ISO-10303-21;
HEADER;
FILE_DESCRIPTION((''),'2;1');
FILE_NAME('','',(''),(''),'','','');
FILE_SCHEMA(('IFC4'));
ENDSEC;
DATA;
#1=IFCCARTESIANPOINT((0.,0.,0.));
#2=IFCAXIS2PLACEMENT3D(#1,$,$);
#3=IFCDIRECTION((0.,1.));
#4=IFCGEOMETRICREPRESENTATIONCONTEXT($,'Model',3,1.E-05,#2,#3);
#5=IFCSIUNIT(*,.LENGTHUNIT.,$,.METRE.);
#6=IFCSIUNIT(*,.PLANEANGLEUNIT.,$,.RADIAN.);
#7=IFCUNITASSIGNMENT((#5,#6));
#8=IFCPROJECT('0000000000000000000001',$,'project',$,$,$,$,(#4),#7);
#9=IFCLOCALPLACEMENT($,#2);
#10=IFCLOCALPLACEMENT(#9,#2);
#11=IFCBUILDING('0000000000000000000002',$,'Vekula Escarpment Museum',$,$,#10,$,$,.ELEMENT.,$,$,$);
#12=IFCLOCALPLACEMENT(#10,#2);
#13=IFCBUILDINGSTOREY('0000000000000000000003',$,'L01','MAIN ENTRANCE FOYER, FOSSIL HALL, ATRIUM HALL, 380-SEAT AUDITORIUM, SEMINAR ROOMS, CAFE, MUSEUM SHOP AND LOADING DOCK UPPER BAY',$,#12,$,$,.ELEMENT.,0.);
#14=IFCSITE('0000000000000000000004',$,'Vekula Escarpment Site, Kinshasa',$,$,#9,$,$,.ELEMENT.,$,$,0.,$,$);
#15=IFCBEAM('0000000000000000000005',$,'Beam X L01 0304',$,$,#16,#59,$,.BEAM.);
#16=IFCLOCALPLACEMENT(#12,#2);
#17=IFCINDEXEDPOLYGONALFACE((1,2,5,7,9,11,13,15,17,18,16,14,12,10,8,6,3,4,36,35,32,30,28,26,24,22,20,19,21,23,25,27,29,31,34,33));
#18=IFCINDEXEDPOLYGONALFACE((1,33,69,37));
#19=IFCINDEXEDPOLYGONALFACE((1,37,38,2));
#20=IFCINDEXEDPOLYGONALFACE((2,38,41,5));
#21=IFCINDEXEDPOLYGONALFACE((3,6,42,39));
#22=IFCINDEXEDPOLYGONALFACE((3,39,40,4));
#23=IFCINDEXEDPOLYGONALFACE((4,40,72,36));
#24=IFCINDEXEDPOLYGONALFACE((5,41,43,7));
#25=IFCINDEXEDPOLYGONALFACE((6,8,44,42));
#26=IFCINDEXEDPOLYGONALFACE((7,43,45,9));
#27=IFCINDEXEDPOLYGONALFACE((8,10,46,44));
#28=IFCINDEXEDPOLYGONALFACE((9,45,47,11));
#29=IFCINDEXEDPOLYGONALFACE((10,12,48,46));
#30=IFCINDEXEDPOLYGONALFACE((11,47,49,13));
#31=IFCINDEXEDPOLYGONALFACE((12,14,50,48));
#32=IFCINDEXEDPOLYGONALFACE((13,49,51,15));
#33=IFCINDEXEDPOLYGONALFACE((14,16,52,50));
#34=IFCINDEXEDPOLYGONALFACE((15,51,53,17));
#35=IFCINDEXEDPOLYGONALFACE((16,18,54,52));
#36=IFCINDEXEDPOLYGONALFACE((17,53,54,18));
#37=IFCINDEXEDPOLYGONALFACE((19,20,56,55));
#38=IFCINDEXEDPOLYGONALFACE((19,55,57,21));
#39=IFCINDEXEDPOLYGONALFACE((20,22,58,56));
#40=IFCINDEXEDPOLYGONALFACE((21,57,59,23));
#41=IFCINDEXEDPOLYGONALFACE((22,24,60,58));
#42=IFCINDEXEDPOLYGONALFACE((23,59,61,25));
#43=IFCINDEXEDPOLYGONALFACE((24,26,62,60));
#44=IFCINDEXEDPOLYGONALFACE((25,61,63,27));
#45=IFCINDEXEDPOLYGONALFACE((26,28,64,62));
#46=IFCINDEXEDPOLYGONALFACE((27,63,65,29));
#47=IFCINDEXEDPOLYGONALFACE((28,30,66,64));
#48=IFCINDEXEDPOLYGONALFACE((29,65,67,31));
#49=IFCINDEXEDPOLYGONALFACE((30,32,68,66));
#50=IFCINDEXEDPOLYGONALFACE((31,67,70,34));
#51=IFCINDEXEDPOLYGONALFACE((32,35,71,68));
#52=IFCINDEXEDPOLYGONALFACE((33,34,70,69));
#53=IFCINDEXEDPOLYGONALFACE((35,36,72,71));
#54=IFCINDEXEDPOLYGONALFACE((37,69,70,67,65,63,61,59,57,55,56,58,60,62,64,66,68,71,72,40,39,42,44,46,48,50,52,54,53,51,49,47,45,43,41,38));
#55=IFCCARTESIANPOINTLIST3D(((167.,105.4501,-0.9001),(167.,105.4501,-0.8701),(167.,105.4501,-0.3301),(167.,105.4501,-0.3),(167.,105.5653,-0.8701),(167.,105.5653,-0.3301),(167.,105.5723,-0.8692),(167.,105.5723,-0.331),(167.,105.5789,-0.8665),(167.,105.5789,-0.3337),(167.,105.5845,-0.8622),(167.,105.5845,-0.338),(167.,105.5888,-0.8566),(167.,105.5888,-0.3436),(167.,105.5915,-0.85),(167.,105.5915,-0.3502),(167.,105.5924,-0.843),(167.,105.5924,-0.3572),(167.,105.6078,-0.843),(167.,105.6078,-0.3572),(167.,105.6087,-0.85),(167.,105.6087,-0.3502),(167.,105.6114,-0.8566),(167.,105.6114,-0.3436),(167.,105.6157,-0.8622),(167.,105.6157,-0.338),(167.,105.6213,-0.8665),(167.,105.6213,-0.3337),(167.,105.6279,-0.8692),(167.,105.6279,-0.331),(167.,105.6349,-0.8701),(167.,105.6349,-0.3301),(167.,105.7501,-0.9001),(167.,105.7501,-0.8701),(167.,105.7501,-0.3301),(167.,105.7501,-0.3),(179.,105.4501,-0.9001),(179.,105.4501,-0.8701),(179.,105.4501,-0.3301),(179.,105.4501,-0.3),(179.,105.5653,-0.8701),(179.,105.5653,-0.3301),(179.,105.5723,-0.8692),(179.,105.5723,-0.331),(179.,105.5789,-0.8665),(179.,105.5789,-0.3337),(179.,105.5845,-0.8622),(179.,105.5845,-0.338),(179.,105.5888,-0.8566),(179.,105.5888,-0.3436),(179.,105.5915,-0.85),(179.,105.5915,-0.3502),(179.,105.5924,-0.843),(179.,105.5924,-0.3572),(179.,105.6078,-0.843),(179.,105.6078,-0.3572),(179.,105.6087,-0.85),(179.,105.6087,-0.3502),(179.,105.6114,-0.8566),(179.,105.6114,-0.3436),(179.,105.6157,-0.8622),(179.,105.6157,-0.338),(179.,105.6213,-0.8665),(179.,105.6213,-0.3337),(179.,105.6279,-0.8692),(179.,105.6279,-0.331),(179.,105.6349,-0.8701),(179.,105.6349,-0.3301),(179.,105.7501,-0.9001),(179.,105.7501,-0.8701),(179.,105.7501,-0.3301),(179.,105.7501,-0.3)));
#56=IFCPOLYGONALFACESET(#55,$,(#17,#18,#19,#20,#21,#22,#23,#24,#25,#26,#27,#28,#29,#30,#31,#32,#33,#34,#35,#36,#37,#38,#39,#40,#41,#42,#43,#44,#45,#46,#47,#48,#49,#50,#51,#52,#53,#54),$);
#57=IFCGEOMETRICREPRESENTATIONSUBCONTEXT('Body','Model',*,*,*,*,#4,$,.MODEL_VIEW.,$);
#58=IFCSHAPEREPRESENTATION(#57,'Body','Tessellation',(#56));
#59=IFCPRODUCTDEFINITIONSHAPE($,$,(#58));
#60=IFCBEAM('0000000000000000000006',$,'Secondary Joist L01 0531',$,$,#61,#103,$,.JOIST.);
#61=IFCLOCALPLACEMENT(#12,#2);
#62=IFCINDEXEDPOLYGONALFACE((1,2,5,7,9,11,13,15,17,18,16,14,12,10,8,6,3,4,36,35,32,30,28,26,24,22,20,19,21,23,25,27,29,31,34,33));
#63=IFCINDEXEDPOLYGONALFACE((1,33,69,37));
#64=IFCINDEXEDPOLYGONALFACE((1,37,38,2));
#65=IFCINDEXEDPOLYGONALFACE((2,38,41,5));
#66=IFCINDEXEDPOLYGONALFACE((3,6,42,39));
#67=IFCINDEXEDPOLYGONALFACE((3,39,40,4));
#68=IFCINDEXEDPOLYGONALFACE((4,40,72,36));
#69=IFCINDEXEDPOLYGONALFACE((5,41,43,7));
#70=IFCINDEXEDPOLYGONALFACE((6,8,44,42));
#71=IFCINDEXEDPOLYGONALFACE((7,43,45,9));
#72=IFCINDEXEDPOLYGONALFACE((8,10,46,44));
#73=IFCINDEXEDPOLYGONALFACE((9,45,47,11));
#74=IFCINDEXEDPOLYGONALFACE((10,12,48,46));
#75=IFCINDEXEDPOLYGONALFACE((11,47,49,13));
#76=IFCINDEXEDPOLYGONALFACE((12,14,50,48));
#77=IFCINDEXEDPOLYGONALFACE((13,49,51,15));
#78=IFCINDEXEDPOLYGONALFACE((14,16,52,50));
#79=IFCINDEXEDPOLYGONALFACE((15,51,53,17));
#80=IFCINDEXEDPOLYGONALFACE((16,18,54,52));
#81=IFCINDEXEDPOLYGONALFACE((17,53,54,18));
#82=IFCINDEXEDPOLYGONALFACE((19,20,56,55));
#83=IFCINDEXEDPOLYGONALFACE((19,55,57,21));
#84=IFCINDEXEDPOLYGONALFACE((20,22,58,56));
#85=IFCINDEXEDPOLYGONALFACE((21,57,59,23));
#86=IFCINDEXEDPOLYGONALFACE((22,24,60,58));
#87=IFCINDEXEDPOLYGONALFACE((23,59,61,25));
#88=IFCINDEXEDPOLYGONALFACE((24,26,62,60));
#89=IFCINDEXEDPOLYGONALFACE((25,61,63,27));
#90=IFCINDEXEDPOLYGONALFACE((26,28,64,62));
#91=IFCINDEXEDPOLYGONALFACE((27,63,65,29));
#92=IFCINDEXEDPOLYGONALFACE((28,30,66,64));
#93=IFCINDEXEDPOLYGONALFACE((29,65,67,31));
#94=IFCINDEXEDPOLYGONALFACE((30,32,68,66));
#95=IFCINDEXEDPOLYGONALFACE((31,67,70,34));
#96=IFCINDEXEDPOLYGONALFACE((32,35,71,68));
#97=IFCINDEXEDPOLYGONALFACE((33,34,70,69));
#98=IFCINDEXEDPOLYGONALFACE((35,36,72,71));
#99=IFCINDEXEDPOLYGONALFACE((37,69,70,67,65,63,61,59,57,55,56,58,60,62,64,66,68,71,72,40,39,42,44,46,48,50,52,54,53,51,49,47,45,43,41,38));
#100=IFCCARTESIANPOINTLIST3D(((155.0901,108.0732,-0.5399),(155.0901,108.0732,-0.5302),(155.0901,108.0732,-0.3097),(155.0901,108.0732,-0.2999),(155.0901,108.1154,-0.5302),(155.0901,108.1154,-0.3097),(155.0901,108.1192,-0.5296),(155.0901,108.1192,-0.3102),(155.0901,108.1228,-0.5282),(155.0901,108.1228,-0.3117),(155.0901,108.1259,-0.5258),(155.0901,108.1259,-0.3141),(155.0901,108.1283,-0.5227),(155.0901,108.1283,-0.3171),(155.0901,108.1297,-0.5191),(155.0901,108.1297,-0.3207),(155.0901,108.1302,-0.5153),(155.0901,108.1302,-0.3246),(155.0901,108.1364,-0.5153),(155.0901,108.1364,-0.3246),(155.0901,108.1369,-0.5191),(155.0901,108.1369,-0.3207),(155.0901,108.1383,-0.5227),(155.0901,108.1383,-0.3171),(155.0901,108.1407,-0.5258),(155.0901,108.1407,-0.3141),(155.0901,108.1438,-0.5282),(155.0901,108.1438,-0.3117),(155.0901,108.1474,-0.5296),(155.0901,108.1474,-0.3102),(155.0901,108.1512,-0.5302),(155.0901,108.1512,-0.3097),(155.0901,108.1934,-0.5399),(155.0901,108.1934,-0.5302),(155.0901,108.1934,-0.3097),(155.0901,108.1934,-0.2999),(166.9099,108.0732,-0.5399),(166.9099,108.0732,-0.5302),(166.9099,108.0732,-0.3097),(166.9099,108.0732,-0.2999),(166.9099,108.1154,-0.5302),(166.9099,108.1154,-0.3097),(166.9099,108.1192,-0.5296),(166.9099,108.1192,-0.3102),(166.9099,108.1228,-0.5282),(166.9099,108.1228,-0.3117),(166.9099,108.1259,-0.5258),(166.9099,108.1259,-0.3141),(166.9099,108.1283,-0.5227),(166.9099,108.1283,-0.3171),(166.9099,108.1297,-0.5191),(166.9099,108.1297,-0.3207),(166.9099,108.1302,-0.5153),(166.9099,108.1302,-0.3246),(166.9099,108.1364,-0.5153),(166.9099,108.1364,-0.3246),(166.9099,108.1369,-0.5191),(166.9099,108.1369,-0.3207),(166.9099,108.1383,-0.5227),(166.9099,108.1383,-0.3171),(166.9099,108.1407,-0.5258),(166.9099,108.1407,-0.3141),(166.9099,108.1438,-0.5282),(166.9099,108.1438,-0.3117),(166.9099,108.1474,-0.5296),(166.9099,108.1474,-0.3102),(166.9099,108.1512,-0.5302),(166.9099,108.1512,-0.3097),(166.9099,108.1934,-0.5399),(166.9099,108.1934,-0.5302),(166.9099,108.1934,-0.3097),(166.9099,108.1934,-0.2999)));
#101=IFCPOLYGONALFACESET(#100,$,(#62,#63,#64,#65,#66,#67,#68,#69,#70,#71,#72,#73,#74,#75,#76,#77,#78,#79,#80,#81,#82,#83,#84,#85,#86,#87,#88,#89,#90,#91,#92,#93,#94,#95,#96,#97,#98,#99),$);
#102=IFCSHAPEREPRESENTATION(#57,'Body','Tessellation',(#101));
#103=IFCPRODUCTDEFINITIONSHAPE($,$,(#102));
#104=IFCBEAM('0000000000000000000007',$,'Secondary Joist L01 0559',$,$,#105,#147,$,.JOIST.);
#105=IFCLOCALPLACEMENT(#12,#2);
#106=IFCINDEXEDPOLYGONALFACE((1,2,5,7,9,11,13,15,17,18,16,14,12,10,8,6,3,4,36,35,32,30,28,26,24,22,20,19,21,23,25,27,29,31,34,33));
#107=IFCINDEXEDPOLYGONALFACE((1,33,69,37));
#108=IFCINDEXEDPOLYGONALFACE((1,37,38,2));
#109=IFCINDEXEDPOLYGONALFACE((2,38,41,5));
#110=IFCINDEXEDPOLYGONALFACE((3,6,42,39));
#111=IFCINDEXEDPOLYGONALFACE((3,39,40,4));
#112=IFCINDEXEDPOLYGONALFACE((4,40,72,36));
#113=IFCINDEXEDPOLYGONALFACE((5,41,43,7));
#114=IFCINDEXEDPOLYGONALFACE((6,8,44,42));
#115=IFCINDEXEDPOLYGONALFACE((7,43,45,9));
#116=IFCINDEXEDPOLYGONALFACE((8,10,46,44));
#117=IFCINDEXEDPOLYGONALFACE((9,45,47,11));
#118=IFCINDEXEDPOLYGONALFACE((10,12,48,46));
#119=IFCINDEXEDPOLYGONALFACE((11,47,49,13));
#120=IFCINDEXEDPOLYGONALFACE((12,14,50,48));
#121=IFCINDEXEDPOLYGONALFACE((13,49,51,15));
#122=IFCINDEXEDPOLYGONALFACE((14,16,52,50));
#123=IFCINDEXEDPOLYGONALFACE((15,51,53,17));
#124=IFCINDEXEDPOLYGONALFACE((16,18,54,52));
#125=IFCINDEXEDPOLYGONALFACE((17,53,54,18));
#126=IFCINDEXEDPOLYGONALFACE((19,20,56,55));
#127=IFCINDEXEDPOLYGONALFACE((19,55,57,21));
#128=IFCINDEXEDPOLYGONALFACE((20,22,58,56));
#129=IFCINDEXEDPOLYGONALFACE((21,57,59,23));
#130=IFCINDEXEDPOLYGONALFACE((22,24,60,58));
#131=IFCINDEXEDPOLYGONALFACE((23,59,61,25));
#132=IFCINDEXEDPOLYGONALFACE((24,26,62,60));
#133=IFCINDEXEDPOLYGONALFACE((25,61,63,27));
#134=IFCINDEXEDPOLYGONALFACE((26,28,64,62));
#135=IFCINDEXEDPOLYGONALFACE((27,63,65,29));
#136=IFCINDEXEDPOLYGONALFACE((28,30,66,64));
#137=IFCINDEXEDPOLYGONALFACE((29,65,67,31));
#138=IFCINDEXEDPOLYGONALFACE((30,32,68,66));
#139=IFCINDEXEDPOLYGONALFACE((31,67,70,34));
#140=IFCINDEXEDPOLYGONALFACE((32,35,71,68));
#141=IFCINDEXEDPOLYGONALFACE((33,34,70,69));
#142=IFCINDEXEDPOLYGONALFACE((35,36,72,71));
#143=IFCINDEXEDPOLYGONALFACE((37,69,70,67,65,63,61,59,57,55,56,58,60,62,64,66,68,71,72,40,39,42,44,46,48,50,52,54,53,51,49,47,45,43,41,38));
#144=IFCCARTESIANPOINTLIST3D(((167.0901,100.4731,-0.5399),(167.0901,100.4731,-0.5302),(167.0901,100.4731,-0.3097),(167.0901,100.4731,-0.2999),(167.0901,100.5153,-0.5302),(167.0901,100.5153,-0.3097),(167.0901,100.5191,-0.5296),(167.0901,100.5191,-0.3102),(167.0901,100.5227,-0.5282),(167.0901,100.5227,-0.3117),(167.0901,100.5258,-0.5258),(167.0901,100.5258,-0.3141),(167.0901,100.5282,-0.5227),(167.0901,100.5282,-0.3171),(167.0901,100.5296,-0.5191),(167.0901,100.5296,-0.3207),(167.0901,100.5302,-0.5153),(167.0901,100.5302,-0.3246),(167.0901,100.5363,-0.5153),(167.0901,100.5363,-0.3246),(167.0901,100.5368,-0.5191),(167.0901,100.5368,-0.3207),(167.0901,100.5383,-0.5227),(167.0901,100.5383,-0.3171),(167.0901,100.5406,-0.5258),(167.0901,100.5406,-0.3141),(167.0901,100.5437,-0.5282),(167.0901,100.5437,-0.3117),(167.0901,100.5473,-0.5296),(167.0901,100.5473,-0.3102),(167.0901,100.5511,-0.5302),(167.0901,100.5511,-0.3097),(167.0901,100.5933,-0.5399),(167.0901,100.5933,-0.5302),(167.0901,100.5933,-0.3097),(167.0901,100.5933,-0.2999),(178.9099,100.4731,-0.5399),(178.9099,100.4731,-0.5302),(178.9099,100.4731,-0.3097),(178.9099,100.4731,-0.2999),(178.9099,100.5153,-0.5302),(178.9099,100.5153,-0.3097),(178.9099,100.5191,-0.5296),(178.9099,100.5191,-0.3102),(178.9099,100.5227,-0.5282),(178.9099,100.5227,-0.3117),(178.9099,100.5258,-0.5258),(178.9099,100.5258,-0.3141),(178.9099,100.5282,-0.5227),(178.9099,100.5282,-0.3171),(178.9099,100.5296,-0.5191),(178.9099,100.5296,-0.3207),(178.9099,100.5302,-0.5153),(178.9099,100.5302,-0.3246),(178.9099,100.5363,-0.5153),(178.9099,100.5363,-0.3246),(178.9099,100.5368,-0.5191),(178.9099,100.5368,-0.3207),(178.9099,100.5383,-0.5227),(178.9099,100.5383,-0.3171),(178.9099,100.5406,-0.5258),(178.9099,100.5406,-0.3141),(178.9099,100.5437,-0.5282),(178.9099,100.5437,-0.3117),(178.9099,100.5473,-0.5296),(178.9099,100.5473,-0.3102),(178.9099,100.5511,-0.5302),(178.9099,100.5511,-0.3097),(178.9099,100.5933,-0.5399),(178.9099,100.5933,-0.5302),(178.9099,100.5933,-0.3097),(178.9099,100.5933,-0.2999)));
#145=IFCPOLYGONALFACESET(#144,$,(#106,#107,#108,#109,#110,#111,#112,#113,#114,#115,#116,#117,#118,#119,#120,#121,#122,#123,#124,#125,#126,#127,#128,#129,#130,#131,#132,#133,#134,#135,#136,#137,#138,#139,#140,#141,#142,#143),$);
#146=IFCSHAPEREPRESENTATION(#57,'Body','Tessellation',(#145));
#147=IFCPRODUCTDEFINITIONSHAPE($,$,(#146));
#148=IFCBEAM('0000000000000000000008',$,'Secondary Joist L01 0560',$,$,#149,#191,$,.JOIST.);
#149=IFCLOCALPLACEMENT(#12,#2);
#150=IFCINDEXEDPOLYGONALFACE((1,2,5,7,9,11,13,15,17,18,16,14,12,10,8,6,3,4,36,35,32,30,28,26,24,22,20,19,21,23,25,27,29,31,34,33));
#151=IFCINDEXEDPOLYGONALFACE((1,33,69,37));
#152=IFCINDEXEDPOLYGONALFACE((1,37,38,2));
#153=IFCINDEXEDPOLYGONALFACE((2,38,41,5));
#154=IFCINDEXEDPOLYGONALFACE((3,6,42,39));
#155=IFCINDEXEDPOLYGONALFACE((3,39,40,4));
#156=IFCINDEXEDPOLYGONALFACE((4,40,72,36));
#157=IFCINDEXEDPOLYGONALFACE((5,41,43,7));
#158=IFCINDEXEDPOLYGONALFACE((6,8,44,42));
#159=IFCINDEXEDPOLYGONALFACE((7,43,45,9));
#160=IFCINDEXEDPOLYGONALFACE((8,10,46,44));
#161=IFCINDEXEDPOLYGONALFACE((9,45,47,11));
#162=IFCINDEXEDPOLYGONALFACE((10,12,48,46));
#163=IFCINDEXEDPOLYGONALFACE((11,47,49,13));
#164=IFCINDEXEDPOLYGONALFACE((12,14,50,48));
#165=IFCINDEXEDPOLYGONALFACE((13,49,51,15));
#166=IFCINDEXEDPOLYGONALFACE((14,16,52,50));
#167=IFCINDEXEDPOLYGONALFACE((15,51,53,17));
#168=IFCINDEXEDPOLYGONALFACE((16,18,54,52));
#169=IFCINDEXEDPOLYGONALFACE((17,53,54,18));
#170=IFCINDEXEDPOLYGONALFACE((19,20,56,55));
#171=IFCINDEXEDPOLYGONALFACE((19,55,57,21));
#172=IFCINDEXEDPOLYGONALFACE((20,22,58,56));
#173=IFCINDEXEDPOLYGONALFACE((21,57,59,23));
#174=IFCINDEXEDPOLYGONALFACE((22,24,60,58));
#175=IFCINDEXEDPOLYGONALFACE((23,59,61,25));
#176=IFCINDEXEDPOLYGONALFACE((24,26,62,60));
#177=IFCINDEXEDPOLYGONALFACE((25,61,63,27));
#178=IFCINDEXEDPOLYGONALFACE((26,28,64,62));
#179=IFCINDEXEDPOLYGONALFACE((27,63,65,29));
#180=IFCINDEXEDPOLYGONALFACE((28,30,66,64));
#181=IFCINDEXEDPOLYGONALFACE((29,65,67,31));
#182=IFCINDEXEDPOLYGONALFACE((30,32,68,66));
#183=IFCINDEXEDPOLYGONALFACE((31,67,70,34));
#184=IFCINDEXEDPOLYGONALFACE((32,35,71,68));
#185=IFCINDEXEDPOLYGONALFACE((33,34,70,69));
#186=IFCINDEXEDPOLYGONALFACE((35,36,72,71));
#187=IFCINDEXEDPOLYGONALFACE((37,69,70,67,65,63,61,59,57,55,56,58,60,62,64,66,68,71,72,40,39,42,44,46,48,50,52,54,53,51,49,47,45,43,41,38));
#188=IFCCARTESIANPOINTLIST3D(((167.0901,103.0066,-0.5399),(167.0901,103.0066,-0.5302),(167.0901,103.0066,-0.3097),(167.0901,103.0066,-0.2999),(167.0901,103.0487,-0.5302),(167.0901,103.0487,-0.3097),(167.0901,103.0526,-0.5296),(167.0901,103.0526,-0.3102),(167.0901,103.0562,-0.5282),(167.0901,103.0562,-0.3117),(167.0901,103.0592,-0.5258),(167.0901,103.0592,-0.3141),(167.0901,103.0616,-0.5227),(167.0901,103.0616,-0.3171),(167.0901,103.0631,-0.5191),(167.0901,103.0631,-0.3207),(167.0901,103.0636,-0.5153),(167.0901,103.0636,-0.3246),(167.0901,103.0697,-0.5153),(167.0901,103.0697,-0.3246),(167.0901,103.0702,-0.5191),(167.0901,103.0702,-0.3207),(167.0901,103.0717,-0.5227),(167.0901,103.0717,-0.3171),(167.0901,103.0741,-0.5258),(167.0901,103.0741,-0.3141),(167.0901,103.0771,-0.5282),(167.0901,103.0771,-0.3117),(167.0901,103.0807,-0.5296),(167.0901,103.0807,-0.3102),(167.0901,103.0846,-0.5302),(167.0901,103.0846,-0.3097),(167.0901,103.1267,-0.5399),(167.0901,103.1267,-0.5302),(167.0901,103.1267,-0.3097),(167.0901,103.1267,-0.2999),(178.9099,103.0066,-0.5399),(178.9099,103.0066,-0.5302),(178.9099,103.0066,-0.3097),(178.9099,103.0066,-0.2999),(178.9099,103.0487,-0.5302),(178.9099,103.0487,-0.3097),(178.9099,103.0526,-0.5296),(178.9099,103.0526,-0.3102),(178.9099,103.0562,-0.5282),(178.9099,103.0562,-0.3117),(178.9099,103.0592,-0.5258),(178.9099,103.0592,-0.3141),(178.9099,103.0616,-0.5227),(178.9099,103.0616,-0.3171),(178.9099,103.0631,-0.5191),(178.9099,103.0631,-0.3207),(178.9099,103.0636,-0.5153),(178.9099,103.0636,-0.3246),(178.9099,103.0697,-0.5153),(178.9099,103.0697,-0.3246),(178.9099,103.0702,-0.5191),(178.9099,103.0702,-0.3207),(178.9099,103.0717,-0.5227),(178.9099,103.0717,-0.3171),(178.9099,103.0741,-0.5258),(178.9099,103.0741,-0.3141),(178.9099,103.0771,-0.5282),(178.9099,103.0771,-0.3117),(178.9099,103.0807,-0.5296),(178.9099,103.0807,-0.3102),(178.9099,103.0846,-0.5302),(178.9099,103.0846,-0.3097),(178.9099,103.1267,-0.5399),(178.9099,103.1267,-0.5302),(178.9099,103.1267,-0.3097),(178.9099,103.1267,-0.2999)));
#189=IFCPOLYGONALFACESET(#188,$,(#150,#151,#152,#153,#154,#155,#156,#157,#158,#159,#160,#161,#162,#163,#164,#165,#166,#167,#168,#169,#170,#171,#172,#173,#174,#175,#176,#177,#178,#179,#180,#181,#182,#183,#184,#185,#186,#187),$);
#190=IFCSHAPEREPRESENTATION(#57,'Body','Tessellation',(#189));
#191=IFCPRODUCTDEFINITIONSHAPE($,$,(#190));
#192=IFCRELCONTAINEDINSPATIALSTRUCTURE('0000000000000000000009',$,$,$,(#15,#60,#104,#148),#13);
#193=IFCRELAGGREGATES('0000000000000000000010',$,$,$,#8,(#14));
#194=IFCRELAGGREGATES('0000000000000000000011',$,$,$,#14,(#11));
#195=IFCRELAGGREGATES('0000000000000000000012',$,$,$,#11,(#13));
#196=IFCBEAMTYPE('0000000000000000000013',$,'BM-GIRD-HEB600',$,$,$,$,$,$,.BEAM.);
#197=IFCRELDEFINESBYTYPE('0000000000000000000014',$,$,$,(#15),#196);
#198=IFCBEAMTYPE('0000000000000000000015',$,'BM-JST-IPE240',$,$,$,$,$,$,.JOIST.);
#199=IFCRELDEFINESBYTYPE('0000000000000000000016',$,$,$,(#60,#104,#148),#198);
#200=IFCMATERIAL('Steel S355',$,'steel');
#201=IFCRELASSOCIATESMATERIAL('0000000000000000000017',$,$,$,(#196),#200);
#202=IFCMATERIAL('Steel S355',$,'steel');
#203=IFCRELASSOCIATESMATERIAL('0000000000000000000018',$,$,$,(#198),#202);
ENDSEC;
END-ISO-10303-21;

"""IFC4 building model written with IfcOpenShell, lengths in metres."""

from ifc_helpers import new_model, si_unit, direction, frame, origin, origin_2d, place, context, subcontext, project, spatial, i_section, extrude, material, material_profile, profile_set, type_object, element, save


model = new_model("IFC4")

# Units and contexts
model_context = context("Model", 3, precision=1e-05, world=origin(), true_north=direction((0.0, 1.0)))
body_context = subcontext(model_context, "Body", "Model", "MODEL_VIEW")
ifc_project = project(units=[si_unit("LENGTHUNIT", "METRE"), si_unit("PLANEANGLEUNIT", "RADIAN")], contexts=[model_context])

# Site, building, storey
site_placement = place(None, origin())
site = spatial("IfcSite", under=ifc_project, at=site_placement, Name="Vekula Escarpment Site, Kinshasa", CompositionType="ELEMENT", RefElevation=0.0)
building_placement = place(site_placement, origin())
building = spatial("IfcBuilding", under=site, at=building_placement, Name="Vekula Escarpment Museum", CompositionType="ELEMENT")
storey_placement = place(building_placement, origin())
storey = spatial("IfcBuildingStorey", under=building, at=storey_placement, Name="L01", Description="MAIN ENTRANCE FOYER, FOSSIL HALL, ATRIUM HALL, 380-SEAT AUDITORIUM, SEMINAR ROOMS, CAFE, MUSEUM SHOP AND LOADING DOCK UPPER BAY", CompositionType="ELEMENT", Elevation=0.0)

# Beams
ifc_material_1 = material(Name="Steel S355", Category="steel")
ifc_material_profile_1 = material_profile(ifc_material_1, i_section(OverallWidth=0.3, OverallDepth=0.6001, WebThickness=0.0154, FlangeThickness=0.03, FilletRadius=0.0271, at=origin_2d()), Name="HEB 600")
ifc_profile_set_1 = profile_set([ifc_material_profile_1], Name="Steel S355")
beam_type_1 = type_object("IfcBeamType", Name="BM-GIRD-HEB600", PredefinedType="BEAM", material=ifc_profile_set_1)
for number, where, z_axis, x_axis, name in (
    (1, (167.0, 105.6001, -0.6001), (1.0, 0.0, 0.0), (0.0, 1.0, 0.0), "Beam X L01 0304"),
):
    element("IfcBeam", number, at=place(storey_placement, frame(where, z_axis=z_axis, x_axis=x_axis)), inside=storey, type_object=beam_type_1, Name=name, PredefinedType="BEAM", context=body_context, shape_type="SweptSolid", body=[
        extrude(i_section(OverallWidth=0.3, OverallDepth=0.6001, WebThickness=0.0154, FlangeThickness=0.03, FilletRadius=0.0271, at=origin_2d()), origin(), (0.0, 0.0, 1.0), 12.0),
    ])
ifc_material_2 = material(Name="Steel S355", Category="steel")
ifc_material_profile_2 = material_profile(ifc_material_2, i_section(OverallWidth=0.1201, OverallDepth=0.24, WebThickness=0.0061, FlangeThickness=0.0098, FilletRadius=0.0149, at=origin_2d()), Name="IPE 240")
ifc_profile_set_2 = profile_set([ifc_material_profile_2], Name="Steel S355")
beam_type_2 = type_object("IfcBeamType", Name="BM-JST-IPE240", PredefinedType="JOIST", material=ifc_profile_set_2)
for number, where, z_axis, x_axis, name in (
    (2, (155.0901, 108.1333, -0.4199), (1.0, 0.0, 0.0), (0.0, 1.0, 0.0), "Secondary Joist L01 0531"),
    (3, (167.0901, 100.5332, -0.4199), (1.0, 0.0, 0.0), (0.0, 1.0, 0.0), "Secondary Joist L01 0559"),
    (4, (167.0901, 103.0667, -0.4199), (1.0, 0.0, 0.0), (0.0, 1.0, 0.0), "Secondary Joist L01 0560"),
):
    element("IfcBeam", number, at=place(storey_placement, frame(where, z_axis=z_axis, x_axis=x_axis)), inside=storey, type_object=beam_type_2, Name=name, PredefinedType="JOIST", context=body_context, shape_type="SweptSolid", body=[
        extrude(i_section(OverallWidth=0.1201, OverallDepth=0.24, WebThickness=0.0061, FlangeThickness=0.0098, FilletRadius=0.0149, at=origin_2d()), origin(), (0.0, 0.0, 1.0), 11.8198),
    ])

save(model, "model.ifc")
